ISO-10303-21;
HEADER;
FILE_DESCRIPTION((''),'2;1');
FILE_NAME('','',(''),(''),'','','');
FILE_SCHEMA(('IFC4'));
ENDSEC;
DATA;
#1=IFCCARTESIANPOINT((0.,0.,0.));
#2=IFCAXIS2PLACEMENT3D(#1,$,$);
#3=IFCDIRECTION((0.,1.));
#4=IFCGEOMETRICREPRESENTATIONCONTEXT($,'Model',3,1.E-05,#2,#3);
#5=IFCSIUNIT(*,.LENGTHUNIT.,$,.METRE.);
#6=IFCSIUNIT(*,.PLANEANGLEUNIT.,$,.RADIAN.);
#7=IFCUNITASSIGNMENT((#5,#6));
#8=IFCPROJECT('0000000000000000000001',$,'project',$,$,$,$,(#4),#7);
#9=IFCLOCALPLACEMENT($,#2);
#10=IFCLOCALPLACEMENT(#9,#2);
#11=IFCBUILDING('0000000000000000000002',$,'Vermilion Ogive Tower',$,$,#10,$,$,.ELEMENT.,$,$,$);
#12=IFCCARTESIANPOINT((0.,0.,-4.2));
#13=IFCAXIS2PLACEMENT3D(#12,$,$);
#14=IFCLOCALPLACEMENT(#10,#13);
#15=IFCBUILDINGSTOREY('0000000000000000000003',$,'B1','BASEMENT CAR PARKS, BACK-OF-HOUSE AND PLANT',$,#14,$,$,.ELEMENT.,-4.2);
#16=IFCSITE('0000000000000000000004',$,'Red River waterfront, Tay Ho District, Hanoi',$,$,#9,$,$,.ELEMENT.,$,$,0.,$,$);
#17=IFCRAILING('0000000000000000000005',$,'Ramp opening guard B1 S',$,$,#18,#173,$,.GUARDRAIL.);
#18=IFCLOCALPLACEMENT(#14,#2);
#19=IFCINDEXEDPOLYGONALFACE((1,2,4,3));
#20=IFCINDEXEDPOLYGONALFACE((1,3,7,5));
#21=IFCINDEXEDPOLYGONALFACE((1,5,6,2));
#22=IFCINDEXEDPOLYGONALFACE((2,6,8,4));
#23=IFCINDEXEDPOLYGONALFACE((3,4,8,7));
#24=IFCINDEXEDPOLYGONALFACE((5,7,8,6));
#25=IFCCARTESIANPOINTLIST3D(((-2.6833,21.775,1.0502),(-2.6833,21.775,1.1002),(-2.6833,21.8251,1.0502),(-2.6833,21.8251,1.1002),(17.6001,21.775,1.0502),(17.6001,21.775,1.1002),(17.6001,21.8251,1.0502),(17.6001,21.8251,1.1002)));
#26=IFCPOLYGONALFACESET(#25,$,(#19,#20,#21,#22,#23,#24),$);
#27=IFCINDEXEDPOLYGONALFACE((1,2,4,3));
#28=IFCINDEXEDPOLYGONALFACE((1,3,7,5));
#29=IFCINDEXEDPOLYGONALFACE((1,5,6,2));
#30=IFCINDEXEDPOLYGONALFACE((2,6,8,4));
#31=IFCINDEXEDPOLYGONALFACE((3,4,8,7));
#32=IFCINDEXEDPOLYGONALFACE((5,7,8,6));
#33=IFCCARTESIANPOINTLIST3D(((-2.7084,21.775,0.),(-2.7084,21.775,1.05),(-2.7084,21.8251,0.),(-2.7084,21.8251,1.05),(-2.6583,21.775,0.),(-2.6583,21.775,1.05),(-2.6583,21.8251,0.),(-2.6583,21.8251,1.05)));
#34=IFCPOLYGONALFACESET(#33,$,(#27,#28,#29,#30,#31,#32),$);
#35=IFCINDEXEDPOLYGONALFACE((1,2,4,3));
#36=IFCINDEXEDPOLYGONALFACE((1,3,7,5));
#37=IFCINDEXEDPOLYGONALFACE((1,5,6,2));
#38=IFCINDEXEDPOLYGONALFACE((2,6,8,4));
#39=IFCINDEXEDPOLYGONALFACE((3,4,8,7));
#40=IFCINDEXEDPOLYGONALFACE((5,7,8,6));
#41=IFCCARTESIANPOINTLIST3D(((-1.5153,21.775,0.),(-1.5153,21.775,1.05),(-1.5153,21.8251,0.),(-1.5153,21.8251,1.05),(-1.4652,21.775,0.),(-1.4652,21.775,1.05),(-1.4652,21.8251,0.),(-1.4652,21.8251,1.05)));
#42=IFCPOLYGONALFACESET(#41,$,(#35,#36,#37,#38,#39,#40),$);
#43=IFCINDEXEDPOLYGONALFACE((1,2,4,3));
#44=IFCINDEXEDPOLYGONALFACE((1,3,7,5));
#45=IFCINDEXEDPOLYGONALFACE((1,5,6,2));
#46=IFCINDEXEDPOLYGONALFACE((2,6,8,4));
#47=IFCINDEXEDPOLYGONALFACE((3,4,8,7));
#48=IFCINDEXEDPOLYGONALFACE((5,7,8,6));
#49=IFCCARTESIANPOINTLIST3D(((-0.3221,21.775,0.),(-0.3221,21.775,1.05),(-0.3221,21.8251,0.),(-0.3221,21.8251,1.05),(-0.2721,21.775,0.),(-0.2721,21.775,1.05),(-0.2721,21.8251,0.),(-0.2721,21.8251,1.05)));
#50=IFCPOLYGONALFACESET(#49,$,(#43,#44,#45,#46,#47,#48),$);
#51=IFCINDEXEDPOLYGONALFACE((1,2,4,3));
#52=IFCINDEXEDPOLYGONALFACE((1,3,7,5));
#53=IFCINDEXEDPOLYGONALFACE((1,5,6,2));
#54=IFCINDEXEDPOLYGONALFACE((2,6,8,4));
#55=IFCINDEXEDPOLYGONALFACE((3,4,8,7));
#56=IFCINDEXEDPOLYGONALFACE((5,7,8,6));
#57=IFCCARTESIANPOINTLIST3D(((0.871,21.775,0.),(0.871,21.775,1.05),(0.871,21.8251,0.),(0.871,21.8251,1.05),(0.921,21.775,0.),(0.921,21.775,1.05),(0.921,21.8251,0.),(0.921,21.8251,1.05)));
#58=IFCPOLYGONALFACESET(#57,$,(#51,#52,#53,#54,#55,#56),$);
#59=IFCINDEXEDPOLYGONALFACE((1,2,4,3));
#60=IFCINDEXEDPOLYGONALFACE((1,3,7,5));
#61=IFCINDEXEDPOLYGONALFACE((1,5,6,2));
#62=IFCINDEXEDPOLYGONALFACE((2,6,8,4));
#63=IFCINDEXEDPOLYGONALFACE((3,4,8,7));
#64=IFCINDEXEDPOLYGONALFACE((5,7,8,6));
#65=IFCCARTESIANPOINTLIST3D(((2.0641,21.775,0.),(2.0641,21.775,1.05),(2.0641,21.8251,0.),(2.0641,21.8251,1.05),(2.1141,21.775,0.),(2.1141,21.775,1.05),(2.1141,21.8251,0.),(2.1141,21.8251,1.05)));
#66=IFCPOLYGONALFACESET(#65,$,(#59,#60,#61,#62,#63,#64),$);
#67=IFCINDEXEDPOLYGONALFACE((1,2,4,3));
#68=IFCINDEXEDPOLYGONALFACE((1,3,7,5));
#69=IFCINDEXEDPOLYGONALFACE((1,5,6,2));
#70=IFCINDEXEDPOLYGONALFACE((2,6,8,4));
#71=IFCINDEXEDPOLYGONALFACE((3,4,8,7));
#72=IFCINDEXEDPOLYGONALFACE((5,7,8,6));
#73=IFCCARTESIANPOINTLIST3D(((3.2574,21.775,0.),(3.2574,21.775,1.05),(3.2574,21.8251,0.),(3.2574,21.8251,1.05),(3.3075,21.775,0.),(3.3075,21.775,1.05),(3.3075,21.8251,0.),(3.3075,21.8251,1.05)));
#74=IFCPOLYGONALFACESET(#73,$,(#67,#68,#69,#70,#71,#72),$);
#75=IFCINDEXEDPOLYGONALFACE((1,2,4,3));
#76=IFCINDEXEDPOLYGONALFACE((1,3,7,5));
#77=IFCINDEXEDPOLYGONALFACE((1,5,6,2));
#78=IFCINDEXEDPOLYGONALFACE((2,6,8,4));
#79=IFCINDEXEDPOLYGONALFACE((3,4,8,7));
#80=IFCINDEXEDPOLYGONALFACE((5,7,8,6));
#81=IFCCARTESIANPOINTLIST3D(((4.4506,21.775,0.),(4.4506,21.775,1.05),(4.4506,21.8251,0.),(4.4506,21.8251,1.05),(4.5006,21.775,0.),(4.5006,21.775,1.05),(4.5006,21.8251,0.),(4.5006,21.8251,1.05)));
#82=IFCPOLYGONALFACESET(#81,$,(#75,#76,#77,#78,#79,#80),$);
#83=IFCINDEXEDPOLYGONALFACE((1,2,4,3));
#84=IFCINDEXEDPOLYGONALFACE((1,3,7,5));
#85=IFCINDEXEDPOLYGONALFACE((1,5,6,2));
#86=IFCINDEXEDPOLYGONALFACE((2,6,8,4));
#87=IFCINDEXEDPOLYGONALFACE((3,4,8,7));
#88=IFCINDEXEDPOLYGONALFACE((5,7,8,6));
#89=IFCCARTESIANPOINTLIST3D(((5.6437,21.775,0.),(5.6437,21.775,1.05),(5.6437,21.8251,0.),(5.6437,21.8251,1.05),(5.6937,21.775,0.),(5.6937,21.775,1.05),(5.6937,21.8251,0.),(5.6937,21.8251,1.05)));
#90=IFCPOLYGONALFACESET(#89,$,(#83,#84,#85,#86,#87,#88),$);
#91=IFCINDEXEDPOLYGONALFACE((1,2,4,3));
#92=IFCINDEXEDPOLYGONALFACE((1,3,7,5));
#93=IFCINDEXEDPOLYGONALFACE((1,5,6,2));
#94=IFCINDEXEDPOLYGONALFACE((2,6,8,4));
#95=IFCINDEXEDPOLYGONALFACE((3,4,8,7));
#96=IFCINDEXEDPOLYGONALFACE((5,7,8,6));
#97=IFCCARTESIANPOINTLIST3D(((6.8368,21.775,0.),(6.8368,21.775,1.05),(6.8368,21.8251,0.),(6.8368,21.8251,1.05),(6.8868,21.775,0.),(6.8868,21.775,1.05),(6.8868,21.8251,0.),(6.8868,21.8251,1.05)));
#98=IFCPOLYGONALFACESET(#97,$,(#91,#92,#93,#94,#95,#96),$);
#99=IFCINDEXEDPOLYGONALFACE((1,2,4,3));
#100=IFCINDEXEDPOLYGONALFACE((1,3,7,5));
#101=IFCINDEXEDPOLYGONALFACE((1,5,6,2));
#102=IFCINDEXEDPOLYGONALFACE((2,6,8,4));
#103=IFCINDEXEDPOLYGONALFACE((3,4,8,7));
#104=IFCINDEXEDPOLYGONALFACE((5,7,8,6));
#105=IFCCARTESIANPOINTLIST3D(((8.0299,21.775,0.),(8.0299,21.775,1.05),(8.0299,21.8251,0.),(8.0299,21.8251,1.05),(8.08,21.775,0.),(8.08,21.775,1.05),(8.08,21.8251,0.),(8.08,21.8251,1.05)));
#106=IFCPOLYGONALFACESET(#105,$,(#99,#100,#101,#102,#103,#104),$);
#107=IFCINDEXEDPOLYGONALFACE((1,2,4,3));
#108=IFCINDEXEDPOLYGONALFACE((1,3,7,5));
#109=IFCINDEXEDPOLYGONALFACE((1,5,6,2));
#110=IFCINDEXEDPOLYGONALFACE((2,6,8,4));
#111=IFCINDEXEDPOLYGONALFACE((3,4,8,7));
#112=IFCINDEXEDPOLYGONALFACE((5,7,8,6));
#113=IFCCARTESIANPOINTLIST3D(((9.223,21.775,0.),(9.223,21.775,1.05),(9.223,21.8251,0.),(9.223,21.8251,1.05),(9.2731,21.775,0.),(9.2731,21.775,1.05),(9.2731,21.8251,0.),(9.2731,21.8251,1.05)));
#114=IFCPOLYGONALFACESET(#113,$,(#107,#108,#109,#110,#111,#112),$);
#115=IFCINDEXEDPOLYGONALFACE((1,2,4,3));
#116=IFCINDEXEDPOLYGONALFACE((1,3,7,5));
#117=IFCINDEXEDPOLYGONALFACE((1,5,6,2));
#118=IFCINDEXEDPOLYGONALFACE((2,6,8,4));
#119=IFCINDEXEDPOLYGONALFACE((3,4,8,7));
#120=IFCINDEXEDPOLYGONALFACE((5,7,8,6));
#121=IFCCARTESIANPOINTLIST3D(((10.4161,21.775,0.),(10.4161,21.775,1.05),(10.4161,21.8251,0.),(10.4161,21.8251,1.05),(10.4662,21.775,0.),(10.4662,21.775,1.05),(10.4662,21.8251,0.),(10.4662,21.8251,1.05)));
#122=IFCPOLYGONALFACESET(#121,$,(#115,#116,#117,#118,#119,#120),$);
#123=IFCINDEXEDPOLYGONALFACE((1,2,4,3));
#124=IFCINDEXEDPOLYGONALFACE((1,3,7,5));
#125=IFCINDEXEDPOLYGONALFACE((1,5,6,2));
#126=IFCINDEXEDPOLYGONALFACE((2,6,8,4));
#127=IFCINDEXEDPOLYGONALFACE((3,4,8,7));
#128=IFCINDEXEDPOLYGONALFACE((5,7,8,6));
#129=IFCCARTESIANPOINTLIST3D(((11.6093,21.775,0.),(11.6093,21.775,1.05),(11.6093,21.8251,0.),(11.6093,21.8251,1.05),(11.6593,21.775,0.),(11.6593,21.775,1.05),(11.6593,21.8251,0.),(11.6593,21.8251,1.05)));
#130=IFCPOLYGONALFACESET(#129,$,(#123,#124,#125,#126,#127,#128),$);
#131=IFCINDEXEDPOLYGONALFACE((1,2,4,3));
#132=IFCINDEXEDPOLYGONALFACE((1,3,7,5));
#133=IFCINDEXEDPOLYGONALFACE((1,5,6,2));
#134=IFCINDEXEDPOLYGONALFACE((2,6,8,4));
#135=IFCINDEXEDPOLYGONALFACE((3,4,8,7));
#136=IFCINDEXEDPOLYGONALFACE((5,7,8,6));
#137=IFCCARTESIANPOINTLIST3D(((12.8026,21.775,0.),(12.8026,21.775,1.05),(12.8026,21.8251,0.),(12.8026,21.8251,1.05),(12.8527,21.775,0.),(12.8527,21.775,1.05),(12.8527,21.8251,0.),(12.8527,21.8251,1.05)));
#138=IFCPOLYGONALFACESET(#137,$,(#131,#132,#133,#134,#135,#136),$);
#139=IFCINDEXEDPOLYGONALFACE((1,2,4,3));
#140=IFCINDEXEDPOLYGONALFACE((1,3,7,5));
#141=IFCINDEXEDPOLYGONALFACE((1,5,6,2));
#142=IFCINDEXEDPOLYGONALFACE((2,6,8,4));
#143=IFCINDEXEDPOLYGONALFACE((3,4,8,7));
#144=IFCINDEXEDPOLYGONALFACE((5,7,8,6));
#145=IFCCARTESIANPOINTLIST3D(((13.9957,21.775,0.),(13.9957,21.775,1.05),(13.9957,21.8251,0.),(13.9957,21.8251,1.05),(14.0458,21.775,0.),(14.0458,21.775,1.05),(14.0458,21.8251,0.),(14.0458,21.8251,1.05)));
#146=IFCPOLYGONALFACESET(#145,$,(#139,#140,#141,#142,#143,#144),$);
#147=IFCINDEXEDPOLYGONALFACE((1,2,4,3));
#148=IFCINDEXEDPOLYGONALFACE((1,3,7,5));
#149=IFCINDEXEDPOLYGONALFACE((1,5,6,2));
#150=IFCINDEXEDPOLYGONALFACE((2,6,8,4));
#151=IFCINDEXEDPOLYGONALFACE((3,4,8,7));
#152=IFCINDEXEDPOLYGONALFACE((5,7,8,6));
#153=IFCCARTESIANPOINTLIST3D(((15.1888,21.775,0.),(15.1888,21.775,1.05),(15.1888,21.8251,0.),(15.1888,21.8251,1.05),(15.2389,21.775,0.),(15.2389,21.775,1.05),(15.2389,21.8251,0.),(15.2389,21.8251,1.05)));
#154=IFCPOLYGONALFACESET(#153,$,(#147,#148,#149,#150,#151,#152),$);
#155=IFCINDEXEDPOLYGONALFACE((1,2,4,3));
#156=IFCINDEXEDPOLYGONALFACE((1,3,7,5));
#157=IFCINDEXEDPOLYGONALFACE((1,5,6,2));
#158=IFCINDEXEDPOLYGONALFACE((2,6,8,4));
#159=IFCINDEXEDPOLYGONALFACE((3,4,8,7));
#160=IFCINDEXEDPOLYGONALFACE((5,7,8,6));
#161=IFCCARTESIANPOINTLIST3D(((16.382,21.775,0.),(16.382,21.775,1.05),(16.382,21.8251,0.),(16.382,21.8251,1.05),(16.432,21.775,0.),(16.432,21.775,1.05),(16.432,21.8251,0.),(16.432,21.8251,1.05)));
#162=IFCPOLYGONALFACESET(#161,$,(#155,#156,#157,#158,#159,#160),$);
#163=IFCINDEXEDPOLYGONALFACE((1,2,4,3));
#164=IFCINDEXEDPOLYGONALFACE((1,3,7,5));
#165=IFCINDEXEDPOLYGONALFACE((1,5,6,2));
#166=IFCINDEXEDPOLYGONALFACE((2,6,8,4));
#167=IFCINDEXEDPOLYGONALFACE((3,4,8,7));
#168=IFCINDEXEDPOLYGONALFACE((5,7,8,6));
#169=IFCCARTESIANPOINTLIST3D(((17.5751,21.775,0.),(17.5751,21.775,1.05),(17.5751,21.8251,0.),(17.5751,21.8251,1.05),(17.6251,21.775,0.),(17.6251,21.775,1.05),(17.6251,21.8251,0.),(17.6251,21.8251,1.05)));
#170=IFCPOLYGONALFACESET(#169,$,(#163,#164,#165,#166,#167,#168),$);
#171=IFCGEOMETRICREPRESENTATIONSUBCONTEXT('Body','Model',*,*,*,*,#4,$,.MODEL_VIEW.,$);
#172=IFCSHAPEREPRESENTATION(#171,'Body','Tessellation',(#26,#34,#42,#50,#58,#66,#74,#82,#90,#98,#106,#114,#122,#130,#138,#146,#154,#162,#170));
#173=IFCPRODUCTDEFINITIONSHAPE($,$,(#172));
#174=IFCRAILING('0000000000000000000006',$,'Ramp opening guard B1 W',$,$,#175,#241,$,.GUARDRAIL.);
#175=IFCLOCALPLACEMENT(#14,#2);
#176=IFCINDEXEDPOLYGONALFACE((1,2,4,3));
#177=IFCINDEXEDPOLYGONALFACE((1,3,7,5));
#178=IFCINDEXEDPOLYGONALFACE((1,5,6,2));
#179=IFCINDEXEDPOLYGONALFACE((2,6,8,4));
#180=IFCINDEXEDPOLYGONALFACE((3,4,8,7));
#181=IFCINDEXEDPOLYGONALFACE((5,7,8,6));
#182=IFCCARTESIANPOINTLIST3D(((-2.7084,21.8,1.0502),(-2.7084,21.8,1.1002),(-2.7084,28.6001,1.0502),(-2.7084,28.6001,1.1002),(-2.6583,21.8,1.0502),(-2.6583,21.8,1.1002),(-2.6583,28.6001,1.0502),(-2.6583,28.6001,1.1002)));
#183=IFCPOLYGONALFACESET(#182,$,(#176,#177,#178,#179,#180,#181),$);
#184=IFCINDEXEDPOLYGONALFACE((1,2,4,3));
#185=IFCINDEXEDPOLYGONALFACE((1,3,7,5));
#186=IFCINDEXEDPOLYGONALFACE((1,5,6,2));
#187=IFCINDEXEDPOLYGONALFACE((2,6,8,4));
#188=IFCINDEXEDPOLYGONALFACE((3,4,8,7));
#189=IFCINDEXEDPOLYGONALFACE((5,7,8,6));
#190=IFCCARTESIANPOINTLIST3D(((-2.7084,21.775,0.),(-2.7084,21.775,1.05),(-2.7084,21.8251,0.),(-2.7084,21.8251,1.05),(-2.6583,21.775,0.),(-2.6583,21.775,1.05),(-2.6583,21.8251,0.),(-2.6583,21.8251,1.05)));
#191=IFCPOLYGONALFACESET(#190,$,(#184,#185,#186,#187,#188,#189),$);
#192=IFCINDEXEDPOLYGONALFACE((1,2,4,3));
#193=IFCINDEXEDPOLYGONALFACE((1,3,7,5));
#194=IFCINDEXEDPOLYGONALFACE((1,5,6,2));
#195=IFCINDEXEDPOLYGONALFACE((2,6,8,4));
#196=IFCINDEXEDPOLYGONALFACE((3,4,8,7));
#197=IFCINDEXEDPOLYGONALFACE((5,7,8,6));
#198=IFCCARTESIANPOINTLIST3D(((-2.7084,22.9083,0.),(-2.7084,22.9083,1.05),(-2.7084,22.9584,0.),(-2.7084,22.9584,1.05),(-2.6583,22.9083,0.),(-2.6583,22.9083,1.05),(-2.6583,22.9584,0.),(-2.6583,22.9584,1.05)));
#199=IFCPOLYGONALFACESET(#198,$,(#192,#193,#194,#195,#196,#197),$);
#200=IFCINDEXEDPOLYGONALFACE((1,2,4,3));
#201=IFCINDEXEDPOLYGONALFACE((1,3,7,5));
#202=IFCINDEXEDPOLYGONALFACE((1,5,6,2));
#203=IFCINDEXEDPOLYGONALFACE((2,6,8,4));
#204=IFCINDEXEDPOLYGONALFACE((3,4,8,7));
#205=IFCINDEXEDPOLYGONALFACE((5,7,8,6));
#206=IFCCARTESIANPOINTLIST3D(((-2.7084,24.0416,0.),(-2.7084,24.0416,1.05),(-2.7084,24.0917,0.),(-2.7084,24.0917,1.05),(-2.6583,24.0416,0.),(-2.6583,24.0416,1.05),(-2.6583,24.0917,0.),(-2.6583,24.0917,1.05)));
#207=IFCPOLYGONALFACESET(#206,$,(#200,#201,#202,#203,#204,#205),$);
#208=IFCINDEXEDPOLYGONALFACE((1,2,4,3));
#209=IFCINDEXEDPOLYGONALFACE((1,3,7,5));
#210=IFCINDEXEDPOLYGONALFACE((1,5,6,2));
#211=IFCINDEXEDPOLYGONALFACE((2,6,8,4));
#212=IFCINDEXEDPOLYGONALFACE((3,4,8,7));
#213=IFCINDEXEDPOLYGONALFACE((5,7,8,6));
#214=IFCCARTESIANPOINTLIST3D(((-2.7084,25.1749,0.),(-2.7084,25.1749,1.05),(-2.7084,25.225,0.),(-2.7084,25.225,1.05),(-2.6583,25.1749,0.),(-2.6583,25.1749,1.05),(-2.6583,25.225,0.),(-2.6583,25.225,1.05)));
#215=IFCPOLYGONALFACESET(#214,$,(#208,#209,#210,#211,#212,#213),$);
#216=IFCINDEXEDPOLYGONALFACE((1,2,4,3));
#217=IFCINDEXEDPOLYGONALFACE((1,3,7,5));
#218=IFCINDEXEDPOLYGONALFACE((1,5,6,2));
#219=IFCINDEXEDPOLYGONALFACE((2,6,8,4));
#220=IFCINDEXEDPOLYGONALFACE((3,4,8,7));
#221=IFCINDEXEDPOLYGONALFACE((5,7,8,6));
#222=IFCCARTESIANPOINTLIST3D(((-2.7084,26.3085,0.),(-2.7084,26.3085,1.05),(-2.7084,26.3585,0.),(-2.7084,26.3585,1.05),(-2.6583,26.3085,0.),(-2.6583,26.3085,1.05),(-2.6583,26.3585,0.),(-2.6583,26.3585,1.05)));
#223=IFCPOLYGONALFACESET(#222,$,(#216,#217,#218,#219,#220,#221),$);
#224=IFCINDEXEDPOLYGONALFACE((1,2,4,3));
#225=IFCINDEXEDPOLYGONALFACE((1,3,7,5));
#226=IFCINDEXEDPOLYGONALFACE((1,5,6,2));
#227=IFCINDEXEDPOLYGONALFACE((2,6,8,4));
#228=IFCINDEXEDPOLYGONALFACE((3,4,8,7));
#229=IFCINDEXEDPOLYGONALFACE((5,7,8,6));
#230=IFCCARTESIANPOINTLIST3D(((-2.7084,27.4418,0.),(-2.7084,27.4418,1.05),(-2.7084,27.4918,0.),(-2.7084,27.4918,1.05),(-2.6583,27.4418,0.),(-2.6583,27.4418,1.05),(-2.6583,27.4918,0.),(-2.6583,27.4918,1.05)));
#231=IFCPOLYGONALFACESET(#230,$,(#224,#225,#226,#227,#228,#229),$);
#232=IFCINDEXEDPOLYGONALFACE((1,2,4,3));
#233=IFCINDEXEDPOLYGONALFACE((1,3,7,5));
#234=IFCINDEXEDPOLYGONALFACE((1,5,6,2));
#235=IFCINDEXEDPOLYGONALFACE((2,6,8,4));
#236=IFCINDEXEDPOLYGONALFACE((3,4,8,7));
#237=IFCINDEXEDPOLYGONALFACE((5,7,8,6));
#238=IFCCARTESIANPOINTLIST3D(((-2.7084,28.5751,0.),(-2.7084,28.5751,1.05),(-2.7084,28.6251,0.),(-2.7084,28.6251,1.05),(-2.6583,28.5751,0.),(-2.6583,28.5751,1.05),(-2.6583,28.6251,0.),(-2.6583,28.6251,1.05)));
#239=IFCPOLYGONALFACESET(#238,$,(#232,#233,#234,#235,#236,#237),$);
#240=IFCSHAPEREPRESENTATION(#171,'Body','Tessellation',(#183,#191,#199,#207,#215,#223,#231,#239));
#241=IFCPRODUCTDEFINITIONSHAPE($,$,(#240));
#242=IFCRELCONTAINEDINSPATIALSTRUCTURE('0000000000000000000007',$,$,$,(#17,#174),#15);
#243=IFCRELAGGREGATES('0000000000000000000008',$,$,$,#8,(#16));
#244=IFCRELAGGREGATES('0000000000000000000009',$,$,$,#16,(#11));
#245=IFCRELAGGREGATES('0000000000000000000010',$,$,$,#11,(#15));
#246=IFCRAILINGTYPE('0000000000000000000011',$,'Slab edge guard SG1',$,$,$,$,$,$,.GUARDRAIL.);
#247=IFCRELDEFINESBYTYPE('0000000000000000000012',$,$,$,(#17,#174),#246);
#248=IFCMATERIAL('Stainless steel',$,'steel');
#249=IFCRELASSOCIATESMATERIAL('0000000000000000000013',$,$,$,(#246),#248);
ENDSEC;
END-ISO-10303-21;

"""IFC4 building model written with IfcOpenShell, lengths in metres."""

from ifc_helpers import new_model, si_unit, direction, frame, origin, origin_2d, place, context, subcontext, project, spatial, rectangle, extrude, material, type_object, element, save


model = new_model("IFC4")

# Units and contexts
model_context = context("Model", 3, precision=1e-05, world=origin(), true_north=direction((0.0, 1.0)))
body_context = subcontext(model_context, "Body", "Model", "MODEL_VIEW")
ifc_project = project(units=[si_unit("LENGTHUNIT", "METRE"), si_unit("PLANEANGLEUNIT", "RADIAN")], contexts=[model_context])

# Site, building, storey
site_placement = place(None, origin())
site = spatial("IfcSite", under=ifc_project, at=site_placement, Name="Red River waterfront, Tay Ho District, Hanoi", CompositionType="ELEMENT", RefElevation=0.0)
building_placement = place(site_placement, origin())
building = spatial("IfcBuilding", under=site, at=building_placement, Name="Vermilion Ogive Tower", CompositionType="ELEMENT")
storey_placement = place(building_placement, frame((0.0, 0.0, -4.2)))
storey = spatial("IfcBuildingStorey", under=building, at=storey_placement, Name="B1", Description="BASEMENT CAR PARKS, BACK-OF-HOUSE AND PLANT", CompositionType="ELEMENT", Elevation=-4.2)

# Railings
ifc_material_1 = material(Name="Stainless steel", Category="steel")
railing_type_1 = type_object("IfcRailingType", Name="Slab edge guard SG1", PredefinedType="GUARDRAIL", material=ifc_material_1)
railing_1_placement = place(storey_placement, frame((-2.6833, 21.8, 0.0)))
element("IfcRailing", 1, at=railing_1_placement, inside=storey, type_object=railing_type_1, Name="Ramp opening guard B1 S", PredefinedType="GUARDRAIL", context=body_context, shape_type="SweptSolid", body=[
    extrude(rectangle(XDim=0.05, YDim=0.05, at=origin_2d()), frame((0.0, 0.0, 1.0752), z_axis=(1.0, 0.0, 0.0), x_axis=(0.0, 1.0, 0.0)), (0.0, 0.0, 1.0), 20.2834),
    extrude(rectangle(XDim=0.05, YDim=0.05, at=origin_2d()), origin(), (0.0, 0.0, 1.0), 1.05),
    extrude(rectangle(XDim=0.05, YDim=0.05, at=origin_2d()), frame((1.1931, 0.0, 0.0)), (0.0, 0.0, 1.0), 1.05),
    extrude(rectangle(XDim=0.05, YDim=0.05, at=origin_2d()), frame((2.3862, 0.0, 0.0)), (0.0, 0.0, 1.0), 1.05),
    extrude(rectangle(XDim=0.05, YDim=0.05, at=origin_2d()), frame((3.5793, 0.0, 0.0)), (0.0, 0.0, 1.0), 1.05),
    extrude(rectangle(XDim=0.05, YDim=0.05, at=origin_2d()), frame((4.7725, 0.0, 0.0)), (0.0, 0.0, 1.0), 1.05),
    extrude(rectangle(XDim=0.05, YDim=0.05, at=origin_2d()), frame((5.9658, 0.0, 0.0)), (0.0, 0.0, 1.0), 1.05),
    extrude(rectangle(XDim=0.05, YDim=0.05, at=origin_2d()), frame((7.1589, 0.0, 0.0)), (0.0, 0.0, 1.0), 1.05),
    extrude(rectangle(XDim=0.05, YDim=0.05, at=origin_2d()), frame((8.3521, 0.0, 0.0)), (0.0, 0.0, 1.0), 1.05),
    extrude(rectangle(XDim=0.05, YDim=0.05, at=origin_2d()), frame((9.5452, 0.0, 0.0)), (0.0, 0.0, 1.0), 1.05),
    extrude(rectangle(XDim=0.05, YDim=0.05, at=origin_2d()), frame((10.7383, 0.0, 0.0)), (0.0, 0.0, 1.0), 1.05),
    extrude(rectangle(XDim=0.05, YDim=0.05, at=origin_2d()), frame((11.9314, 0.0, 0.0)), (0.0, 0.0, 1.0), 1.05),
    extrude(rectangle(XDim=0.05, YDim=0.05, at=origin_2d()), frame((13.1245, 0.0, 0.0)), (0.0, 0.0, 1.0), 1.05),
    extrude(rectangle(XDim=0.05, YDim=0.05, at=origin_2d()), frame((14.3176, 0.0, 0.0)), (0.0, 0.0, 1.0), 1.05),
    extrude(rectangle(XDim=0.05, YDim=0.05, at=origin_2d()), frame((15.511, 0.0, 0.0)), (0.0, 0.0, 1.0), 1.05),
    extrude(rectangle(XDim=0.05, YDim=0.05, at=origin_2d()), frame((16.7041, 0.0, 0.0)), (0.0, 0.0, 1.0), 1.05),
    extrude(rectangle(XDim=0.05, YDim=0.05, at=origin_2d()), frame((17.8972, 0.0, 0.0)), (0.0, 0.0, 1.0), 1.05),
    extrude(rectangle(XDim=0.05, YDim=0.05, at=origin_2d()), frame((19.0903, 0.0, 0.0)), (0.0, 0.0, 1.0), 1.05),
    extrude(rectangle(XDim=0.05, YDim=0.05, at=origin_2d()), frame((20.2834, 0.0, 0.0)), (0.0, 0.0, 1.0), 1.05),
])
railing_2_placement = place(storey_placement, frame((-2.6833, 21.8, 0.0)))
element("IfcRailing", 2, at=railing_2_placement, inside=storey, type_object=railing_type_1, Name="Ramp opening guard B1 W", PredefinedType="GUARDRAIL", context=body_context, shape_type="SweptSolid", body=[
    extrude(rectangle(XDim=0.05, YDim=0.05, at=origin_2d()), frame((0.0, 0.0, 1.0752), z_axis=(0.0, 1.0, 0.0), x_axis=(-1.0, 0.0, 0.0)), (0.0, 0.0, 1.0), 6.8),
    extrude(rectangle(XDim=0.05, YDim=0.05, at=origin_2d()), origin(), (0.0, 0.0, 1.0), 1.05),
    extrude(rectangle(XDim=0.05, YDim=0.05, at=origin_2d()), frame((0.0, 1.1333, 0.0)), (0.0, 0.0, 1.0), 1.05),
    extrude(rectangle(XDim=0.05, YDim=0.05, at=origin_2d()), frame((0.0, 2.2666, 0.0)), (0.0, 0.0, 1.0), 1.05),
    extrude(rectangle(XDim=0.05, YDim=0.05, at=origin_2d()), frame((0.0, 3.3999, 0.0)), (0.0, 0.0, 1.0), 1.05),
    extrude(rectangle(XDim=0.05, YDim=0.05, at=origin_2d()), frame((0.0, 4.5334, 0.0)), (0.0, 0.0, 1.0), 1.05),
    extrude(rectangle(XDim=0.05, YDim=0.05, at=origin_2d()), frame((0.0, 5.6667, 0.0)), (0.0, 0.0, 1.0), 1.05),
    extrude(rectangle(XDim=0.05, YDim=0.05, at=origin_2d()), frame((0.0, 6.8, 0.0)), (0.0, 0.0, 1.0), 1.05),
])

save(model, "model.ifc")
